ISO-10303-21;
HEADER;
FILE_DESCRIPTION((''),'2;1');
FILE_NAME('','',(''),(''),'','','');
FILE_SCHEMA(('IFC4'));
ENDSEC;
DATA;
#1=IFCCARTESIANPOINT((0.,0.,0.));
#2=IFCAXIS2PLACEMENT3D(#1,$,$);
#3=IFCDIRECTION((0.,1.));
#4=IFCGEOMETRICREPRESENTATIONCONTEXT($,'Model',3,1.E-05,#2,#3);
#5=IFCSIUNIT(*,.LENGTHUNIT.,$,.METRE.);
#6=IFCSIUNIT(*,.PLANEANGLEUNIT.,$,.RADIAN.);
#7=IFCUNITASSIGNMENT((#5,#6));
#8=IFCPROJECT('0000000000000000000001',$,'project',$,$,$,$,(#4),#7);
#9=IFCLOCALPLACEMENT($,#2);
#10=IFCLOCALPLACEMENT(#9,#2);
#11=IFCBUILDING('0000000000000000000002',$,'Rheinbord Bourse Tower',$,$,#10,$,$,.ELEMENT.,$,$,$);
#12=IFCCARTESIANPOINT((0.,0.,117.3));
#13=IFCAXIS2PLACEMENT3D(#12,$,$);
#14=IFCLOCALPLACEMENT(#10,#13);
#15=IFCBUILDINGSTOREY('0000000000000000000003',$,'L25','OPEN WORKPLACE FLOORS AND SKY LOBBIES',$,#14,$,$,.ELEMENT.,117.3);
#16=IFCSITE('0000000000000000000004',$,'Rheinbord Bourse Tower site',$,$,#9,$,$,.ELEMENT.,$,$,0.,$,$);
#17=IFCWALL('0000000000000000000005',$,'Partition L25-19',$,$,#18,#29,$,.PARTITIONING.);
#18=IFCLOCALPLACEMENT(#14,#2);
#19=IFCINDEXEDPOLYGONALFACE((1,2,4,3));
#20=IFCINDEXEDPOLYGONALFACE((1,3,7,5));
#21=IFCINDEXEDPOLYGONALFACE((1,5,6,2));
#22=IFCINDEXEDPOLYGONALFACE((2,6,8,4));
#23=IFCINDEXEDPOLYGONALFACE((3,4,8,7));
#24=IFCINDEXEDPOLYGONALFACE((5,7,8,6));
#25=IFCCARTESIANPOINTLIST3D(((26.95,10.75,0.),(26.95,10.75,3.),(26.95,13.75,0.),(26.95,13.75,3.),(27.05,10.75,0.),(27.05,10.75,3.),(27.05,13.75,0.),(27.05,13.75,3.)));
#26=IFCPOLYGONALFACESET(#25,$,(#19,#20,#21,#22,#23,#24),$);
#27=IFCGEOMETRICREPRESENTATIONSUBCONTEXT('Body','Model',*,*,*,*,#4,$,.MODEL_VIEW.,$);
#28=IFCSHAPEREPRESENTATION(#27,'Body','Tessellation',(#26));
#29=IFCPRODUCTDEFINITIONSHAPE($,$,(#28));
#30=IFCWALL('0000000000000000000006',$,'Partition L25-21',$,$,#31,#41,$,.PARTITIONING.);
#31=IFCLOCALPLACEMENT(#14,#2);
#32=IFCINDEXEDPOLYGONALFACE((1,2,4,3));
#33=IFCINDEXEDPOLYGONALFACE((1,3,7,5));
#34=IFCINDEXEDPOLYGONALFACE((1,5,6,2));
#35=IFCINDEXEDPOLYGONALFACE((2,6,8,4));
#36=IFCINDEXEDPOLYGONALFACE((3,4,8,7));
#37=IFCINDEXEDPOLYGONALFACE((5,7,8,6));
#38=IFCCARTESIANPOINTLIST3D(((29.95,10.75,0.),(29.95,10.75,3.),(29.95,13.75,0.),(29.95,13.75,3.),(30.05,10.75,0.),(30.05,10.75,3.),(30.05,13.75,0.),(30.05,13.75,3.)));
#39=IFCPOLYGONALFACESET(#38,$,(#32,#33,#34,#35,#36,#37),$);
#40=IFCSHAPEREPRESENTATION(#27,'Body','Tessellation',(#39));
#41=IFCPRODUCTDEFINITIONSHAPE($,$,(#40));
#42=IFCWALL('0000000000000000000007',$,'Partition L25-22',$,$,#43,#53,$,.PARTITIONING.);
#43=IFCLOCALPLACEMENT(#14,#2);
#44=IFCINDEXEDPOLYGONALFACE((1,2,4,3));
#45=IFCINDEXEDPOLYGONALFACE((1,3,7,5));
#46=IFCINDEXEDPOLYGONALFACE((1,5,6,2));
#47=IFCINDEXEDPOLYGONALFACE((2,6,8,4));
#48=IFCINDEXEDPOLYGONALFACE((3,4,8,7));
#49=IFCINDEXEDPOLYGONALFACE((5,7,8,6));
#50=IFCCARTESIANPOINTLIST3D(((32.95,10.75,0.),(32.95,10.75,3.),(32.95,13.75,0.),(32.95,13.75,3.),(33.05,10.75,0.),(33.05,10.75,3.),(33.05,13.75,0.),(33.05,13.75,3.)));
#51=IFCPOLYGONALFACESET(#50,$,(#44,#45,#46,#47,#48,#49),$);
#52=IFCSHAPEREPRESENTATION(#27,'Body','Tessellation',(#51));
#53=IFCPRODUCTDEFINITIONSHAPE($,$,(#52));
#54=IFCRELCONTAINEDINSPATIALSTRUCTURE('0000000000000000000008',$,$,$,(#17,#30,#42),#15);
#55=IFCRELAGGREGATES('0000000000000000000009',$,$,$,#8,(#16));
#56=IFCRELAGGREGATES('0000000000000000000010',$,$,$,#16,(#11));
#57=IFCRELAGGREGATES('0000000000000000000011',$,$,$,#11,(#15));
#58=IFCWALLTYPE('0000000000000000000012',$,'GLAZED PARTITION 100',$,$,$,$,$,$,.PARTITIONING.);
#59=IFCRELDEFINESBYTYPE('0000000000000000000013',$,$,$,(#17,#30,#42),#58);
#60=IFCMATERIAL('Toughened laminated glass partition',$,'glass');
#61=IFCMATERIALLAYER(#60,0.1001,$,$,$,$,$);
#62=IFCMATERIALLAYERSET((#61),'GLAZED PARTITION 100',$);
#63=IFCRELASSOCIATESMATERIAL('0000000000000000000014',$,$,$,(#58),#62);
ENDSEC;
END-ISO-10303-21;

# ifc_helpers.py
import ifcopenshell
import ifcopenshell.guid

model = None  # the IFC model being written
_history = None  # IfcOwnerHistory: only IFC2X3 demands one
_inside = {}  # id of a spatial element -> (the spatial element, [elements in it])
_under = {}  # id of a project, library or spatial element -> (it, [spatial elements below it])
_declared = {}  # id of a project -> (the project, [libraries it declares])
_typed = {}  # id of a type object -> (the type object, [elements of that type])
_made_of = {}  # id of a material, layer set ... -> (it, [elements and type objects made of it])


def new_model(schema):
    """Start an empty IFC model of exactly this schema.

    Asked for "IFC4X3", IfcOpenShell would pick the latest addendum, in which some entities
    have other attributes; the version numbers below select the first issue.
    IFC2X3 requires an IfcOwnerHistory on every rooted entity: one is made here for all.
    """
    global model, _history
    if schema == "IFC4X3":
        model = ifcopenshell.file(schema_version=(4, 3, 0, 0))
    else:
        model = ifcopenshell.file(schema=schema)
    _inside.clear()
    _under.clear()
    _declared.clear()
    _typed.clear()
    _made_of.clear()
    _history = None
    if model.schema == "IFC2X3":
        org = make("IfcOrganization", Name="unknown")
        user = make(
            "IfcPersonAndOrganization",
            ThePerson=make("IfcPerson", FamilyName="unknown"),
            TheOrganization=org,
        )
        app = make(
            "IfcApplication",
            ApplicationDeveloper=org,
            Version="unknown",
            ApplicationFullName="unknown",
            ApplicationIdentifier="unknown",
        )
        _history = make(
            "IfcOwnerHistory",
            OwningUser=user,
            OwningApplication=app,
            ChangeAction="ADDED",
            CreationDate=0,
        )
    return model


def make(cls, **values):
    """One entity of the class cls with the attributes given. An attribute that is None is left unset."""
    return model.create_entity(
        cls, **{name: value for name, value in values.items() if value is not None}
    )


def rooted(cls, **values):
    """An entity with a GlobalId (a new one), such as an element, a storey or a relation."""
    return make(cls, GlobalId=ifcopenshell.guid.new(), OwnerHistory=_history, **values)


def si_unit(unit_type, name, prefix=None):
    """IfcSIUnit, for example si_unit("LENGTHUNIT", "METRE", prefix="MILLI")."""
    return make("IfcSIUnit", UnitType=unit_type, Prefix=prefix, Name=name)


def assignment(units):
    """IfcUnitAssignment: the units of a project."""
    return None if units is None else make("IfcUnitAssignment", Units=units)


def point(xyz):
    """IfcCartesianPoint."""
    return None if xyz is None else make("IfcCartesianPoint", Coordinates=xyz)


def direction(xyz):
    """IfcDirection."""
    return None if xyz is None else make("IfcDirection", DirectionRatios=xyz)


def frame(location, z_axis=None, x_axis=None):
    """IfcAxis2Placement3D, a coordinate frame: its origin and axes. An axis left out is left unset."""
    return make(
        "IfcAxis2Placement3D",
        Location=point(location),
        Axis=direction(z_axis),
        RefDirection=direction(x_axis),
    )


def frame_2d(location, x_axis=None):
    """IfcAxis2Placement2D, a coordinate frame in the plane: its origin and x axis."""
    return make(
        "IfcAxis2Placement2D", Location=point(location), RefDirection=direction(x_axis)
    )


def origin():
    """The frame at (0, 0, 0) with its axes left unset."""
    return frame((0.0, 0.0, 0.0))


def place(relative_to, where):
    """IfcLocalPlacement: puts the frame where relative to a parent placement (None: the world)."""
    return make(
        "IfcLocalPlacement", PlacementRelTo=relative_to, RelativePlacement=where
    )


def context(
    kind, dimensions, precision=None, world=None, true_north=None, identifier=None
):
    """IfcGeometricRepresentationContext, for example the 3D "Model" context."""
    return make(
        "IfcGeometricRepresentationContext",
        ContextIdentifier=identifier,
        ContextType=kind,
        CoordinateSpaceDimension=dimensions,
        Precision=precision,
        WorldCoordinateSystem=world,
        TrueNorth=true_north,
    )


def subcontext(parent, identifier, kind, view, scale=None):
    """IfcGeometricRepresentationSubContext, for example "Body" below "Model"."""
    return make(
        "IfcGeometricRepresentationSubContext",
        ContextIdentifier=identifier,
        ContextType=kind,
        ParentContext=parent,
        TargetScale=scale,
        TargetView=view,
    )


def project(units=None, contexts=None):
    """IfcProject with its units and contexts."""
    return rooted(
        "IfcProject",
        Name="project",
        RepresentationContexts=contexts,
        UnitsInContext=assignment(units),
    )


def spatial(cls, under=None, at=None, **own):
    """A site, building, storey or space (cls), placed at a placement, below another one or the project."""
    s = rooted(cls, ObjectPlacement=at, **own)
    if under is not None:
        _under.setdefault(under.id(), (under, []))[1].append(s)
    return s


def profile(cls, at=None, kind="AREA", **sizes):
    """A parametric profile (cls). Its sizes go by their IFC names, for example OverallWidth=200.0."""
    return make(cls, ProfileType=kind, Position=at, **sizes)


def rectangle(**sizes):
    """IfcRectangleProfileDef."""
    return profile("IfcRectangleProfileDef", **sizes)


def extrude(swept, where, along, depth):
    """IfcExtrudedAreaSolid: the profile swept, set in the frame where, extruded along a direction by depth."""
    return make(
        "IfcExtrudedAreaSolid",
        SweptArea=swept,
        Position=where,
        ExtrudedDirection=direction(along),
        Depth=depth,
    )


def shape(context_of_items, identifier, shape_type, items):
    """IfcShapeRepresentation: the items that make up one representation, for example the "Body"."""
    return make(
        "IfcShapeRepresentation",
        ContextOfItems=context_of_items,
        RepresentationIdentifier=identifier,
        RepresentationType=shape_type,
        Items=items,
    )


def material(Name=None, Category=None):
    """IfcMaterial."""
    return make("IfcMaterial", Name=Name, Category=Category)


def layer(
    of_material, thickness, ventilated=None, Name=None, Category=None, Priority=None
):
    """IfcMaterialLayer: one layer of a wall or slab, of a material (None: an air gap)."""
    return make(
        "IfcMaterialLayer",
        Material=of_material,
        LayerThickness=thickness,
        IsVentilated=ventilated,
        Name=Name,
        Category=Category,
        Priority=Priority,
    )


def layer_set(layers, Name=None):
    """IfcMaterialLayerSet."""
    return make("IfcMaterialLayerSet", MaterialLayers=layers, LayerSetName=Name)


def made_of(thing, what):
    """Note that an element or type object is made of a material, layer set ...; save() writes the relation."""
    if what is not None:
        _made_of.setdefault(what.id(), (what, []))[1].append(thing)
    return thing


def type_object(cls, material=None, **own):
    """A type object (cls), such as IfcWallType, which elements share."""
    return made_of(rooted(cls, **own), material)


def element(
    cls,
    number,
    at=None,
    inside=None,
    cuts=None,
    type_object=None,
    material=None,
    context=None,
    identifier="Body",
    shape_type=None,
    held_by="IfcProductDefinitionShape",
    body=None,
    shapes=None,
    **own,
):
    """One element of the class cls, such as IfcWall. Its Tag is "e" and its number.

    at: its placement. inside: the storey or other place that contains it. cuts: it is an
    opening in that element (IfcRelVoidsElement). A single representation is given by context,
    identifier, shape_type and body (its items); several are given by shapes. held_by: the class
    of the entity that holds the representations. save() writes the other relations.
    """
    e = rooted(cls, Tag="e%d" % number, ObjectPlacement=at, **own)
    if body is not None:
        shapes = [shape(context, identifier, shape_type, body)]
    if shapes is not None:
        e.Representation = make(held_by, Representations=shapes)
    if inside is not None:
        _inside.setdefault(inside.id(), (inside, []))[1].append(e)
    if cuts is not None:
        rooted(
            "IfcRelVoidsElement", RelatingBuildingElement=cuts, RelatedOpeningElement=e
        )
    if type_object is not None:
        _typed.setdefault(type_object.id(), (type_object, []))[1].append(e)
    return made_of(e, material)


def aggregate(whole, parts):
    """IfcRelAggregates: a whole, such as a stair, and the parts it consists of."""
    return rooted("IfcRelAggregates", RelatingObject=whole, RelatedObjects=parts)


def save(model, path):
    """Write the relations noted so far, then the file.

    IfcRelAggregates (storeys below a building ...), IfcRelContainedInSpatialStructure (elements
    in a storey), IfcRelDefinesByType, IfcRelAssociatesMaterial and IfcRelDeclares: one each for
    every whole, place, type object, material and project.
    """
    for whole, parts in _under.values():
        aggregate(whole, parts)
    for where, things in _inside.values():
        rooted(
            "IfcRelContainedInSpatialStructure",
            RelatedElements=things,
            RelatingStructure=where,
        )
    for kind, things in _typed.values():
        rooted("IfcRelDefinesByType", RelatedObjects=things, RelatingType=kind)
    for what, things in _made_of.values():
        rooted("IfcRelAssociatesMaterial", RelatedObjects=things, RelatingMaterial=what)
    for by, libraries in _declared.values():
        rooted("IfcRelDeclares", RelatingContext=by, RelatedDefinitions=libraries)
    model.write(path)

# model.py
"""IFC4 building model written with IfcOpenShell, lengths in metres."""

from ifc_helpers import new_model, si_unit, direction, frame, frame_2d, origin, place, context, subcontext, project, spatial, rectangle, extrude, material, layer, layer_set, type_object, element, save


model = new_model("IFC4")

# Units and contexts
model_context = context("Model", 3, precision=1e-05, world=origin(), true_north=direction((0.0, 1.0)))
body_context = subcontext(model_context, "Body", "Model", "MODEL_VIEW")
ifc_project = project(units=[si_unit("LENGTHUNIT", "METRE"), si_unit("PLANEANGLEUNIT", "RADIAN")], contexts=[model_context])

# Site, building, storey
site_placement = place(None, origin())
site = spatial("IfcSite", under=ifc_project, at=site_placement, Name="Rheinbord Bourse Tower site", CompositionType="ELEMENT", RefElevation=0.0)
building_placement = place(site_placement, origin())
building = spatial("IfcBuilding", under=site, at=building_placement, Name="Rheinbord Bourse Tower", CompositionType="ELEMENT")
storey_placement = place(building_placement, frame((0.0, 0.0, 117.3)))
storey = spatial("IfcBuildingStorey", under=building, at=storey_placement, Name="L25", Description="OPEN WORKPLACE FLOORS AND SKY LOBBIES", CompositionType="ELEMENT", Elevation=117.3)

# Shared definitions
ifc_material_1 = material(Name="Toughened laminated glass partition", Category="glass")
ifc_layer_1 = layer(ifc_material_1, 0.1001)
ifc_layer_set_1 = layer_set([ifc_layer_1], Name="GLAZED PARTITION 100")
wall_type_1 = type_object("IfcWallType", Name="GLAZED PARTITION 100", PredefinedType="PARTITIONING", material=ifc_layer_set_1)

# Walls
for number, where, z_axis, x_axis, name in (
    (1, (27.0, 10.75, 0.0), (0.0, 0.0, 1.0), (0.0, 1.0, 0.0), "Partition L25-19"),
    (2, (30.0, 10.75, 0.0), (0.0, 0.0, 1.0), (0.0, 1.0, 0.0), "Partition L25-21"),
    (3, (33.0, 10.75, 0.0), (0.0, 0.0, 1.0), (0.0, 1.0, 0.0), "Partition L25-22"),
):
    element("IfcWall", number, at=place(storey_placement, frame(where, z_axis=z_axis, x_axis=x_axis)), inside=storey, type_object=wall_type_1, Name=name, PredefinedType="PARTITIONING", context=body_context, shape_type="SweptSolid", body=[
        extrude(rectangle(XDim=3.0, YDim=0.1001, at=frame_2d((1.5, 0.0))), origin(), (0.0, 0.0, 1.0), 3.0),
    ])

save(model, "model.ifc")
